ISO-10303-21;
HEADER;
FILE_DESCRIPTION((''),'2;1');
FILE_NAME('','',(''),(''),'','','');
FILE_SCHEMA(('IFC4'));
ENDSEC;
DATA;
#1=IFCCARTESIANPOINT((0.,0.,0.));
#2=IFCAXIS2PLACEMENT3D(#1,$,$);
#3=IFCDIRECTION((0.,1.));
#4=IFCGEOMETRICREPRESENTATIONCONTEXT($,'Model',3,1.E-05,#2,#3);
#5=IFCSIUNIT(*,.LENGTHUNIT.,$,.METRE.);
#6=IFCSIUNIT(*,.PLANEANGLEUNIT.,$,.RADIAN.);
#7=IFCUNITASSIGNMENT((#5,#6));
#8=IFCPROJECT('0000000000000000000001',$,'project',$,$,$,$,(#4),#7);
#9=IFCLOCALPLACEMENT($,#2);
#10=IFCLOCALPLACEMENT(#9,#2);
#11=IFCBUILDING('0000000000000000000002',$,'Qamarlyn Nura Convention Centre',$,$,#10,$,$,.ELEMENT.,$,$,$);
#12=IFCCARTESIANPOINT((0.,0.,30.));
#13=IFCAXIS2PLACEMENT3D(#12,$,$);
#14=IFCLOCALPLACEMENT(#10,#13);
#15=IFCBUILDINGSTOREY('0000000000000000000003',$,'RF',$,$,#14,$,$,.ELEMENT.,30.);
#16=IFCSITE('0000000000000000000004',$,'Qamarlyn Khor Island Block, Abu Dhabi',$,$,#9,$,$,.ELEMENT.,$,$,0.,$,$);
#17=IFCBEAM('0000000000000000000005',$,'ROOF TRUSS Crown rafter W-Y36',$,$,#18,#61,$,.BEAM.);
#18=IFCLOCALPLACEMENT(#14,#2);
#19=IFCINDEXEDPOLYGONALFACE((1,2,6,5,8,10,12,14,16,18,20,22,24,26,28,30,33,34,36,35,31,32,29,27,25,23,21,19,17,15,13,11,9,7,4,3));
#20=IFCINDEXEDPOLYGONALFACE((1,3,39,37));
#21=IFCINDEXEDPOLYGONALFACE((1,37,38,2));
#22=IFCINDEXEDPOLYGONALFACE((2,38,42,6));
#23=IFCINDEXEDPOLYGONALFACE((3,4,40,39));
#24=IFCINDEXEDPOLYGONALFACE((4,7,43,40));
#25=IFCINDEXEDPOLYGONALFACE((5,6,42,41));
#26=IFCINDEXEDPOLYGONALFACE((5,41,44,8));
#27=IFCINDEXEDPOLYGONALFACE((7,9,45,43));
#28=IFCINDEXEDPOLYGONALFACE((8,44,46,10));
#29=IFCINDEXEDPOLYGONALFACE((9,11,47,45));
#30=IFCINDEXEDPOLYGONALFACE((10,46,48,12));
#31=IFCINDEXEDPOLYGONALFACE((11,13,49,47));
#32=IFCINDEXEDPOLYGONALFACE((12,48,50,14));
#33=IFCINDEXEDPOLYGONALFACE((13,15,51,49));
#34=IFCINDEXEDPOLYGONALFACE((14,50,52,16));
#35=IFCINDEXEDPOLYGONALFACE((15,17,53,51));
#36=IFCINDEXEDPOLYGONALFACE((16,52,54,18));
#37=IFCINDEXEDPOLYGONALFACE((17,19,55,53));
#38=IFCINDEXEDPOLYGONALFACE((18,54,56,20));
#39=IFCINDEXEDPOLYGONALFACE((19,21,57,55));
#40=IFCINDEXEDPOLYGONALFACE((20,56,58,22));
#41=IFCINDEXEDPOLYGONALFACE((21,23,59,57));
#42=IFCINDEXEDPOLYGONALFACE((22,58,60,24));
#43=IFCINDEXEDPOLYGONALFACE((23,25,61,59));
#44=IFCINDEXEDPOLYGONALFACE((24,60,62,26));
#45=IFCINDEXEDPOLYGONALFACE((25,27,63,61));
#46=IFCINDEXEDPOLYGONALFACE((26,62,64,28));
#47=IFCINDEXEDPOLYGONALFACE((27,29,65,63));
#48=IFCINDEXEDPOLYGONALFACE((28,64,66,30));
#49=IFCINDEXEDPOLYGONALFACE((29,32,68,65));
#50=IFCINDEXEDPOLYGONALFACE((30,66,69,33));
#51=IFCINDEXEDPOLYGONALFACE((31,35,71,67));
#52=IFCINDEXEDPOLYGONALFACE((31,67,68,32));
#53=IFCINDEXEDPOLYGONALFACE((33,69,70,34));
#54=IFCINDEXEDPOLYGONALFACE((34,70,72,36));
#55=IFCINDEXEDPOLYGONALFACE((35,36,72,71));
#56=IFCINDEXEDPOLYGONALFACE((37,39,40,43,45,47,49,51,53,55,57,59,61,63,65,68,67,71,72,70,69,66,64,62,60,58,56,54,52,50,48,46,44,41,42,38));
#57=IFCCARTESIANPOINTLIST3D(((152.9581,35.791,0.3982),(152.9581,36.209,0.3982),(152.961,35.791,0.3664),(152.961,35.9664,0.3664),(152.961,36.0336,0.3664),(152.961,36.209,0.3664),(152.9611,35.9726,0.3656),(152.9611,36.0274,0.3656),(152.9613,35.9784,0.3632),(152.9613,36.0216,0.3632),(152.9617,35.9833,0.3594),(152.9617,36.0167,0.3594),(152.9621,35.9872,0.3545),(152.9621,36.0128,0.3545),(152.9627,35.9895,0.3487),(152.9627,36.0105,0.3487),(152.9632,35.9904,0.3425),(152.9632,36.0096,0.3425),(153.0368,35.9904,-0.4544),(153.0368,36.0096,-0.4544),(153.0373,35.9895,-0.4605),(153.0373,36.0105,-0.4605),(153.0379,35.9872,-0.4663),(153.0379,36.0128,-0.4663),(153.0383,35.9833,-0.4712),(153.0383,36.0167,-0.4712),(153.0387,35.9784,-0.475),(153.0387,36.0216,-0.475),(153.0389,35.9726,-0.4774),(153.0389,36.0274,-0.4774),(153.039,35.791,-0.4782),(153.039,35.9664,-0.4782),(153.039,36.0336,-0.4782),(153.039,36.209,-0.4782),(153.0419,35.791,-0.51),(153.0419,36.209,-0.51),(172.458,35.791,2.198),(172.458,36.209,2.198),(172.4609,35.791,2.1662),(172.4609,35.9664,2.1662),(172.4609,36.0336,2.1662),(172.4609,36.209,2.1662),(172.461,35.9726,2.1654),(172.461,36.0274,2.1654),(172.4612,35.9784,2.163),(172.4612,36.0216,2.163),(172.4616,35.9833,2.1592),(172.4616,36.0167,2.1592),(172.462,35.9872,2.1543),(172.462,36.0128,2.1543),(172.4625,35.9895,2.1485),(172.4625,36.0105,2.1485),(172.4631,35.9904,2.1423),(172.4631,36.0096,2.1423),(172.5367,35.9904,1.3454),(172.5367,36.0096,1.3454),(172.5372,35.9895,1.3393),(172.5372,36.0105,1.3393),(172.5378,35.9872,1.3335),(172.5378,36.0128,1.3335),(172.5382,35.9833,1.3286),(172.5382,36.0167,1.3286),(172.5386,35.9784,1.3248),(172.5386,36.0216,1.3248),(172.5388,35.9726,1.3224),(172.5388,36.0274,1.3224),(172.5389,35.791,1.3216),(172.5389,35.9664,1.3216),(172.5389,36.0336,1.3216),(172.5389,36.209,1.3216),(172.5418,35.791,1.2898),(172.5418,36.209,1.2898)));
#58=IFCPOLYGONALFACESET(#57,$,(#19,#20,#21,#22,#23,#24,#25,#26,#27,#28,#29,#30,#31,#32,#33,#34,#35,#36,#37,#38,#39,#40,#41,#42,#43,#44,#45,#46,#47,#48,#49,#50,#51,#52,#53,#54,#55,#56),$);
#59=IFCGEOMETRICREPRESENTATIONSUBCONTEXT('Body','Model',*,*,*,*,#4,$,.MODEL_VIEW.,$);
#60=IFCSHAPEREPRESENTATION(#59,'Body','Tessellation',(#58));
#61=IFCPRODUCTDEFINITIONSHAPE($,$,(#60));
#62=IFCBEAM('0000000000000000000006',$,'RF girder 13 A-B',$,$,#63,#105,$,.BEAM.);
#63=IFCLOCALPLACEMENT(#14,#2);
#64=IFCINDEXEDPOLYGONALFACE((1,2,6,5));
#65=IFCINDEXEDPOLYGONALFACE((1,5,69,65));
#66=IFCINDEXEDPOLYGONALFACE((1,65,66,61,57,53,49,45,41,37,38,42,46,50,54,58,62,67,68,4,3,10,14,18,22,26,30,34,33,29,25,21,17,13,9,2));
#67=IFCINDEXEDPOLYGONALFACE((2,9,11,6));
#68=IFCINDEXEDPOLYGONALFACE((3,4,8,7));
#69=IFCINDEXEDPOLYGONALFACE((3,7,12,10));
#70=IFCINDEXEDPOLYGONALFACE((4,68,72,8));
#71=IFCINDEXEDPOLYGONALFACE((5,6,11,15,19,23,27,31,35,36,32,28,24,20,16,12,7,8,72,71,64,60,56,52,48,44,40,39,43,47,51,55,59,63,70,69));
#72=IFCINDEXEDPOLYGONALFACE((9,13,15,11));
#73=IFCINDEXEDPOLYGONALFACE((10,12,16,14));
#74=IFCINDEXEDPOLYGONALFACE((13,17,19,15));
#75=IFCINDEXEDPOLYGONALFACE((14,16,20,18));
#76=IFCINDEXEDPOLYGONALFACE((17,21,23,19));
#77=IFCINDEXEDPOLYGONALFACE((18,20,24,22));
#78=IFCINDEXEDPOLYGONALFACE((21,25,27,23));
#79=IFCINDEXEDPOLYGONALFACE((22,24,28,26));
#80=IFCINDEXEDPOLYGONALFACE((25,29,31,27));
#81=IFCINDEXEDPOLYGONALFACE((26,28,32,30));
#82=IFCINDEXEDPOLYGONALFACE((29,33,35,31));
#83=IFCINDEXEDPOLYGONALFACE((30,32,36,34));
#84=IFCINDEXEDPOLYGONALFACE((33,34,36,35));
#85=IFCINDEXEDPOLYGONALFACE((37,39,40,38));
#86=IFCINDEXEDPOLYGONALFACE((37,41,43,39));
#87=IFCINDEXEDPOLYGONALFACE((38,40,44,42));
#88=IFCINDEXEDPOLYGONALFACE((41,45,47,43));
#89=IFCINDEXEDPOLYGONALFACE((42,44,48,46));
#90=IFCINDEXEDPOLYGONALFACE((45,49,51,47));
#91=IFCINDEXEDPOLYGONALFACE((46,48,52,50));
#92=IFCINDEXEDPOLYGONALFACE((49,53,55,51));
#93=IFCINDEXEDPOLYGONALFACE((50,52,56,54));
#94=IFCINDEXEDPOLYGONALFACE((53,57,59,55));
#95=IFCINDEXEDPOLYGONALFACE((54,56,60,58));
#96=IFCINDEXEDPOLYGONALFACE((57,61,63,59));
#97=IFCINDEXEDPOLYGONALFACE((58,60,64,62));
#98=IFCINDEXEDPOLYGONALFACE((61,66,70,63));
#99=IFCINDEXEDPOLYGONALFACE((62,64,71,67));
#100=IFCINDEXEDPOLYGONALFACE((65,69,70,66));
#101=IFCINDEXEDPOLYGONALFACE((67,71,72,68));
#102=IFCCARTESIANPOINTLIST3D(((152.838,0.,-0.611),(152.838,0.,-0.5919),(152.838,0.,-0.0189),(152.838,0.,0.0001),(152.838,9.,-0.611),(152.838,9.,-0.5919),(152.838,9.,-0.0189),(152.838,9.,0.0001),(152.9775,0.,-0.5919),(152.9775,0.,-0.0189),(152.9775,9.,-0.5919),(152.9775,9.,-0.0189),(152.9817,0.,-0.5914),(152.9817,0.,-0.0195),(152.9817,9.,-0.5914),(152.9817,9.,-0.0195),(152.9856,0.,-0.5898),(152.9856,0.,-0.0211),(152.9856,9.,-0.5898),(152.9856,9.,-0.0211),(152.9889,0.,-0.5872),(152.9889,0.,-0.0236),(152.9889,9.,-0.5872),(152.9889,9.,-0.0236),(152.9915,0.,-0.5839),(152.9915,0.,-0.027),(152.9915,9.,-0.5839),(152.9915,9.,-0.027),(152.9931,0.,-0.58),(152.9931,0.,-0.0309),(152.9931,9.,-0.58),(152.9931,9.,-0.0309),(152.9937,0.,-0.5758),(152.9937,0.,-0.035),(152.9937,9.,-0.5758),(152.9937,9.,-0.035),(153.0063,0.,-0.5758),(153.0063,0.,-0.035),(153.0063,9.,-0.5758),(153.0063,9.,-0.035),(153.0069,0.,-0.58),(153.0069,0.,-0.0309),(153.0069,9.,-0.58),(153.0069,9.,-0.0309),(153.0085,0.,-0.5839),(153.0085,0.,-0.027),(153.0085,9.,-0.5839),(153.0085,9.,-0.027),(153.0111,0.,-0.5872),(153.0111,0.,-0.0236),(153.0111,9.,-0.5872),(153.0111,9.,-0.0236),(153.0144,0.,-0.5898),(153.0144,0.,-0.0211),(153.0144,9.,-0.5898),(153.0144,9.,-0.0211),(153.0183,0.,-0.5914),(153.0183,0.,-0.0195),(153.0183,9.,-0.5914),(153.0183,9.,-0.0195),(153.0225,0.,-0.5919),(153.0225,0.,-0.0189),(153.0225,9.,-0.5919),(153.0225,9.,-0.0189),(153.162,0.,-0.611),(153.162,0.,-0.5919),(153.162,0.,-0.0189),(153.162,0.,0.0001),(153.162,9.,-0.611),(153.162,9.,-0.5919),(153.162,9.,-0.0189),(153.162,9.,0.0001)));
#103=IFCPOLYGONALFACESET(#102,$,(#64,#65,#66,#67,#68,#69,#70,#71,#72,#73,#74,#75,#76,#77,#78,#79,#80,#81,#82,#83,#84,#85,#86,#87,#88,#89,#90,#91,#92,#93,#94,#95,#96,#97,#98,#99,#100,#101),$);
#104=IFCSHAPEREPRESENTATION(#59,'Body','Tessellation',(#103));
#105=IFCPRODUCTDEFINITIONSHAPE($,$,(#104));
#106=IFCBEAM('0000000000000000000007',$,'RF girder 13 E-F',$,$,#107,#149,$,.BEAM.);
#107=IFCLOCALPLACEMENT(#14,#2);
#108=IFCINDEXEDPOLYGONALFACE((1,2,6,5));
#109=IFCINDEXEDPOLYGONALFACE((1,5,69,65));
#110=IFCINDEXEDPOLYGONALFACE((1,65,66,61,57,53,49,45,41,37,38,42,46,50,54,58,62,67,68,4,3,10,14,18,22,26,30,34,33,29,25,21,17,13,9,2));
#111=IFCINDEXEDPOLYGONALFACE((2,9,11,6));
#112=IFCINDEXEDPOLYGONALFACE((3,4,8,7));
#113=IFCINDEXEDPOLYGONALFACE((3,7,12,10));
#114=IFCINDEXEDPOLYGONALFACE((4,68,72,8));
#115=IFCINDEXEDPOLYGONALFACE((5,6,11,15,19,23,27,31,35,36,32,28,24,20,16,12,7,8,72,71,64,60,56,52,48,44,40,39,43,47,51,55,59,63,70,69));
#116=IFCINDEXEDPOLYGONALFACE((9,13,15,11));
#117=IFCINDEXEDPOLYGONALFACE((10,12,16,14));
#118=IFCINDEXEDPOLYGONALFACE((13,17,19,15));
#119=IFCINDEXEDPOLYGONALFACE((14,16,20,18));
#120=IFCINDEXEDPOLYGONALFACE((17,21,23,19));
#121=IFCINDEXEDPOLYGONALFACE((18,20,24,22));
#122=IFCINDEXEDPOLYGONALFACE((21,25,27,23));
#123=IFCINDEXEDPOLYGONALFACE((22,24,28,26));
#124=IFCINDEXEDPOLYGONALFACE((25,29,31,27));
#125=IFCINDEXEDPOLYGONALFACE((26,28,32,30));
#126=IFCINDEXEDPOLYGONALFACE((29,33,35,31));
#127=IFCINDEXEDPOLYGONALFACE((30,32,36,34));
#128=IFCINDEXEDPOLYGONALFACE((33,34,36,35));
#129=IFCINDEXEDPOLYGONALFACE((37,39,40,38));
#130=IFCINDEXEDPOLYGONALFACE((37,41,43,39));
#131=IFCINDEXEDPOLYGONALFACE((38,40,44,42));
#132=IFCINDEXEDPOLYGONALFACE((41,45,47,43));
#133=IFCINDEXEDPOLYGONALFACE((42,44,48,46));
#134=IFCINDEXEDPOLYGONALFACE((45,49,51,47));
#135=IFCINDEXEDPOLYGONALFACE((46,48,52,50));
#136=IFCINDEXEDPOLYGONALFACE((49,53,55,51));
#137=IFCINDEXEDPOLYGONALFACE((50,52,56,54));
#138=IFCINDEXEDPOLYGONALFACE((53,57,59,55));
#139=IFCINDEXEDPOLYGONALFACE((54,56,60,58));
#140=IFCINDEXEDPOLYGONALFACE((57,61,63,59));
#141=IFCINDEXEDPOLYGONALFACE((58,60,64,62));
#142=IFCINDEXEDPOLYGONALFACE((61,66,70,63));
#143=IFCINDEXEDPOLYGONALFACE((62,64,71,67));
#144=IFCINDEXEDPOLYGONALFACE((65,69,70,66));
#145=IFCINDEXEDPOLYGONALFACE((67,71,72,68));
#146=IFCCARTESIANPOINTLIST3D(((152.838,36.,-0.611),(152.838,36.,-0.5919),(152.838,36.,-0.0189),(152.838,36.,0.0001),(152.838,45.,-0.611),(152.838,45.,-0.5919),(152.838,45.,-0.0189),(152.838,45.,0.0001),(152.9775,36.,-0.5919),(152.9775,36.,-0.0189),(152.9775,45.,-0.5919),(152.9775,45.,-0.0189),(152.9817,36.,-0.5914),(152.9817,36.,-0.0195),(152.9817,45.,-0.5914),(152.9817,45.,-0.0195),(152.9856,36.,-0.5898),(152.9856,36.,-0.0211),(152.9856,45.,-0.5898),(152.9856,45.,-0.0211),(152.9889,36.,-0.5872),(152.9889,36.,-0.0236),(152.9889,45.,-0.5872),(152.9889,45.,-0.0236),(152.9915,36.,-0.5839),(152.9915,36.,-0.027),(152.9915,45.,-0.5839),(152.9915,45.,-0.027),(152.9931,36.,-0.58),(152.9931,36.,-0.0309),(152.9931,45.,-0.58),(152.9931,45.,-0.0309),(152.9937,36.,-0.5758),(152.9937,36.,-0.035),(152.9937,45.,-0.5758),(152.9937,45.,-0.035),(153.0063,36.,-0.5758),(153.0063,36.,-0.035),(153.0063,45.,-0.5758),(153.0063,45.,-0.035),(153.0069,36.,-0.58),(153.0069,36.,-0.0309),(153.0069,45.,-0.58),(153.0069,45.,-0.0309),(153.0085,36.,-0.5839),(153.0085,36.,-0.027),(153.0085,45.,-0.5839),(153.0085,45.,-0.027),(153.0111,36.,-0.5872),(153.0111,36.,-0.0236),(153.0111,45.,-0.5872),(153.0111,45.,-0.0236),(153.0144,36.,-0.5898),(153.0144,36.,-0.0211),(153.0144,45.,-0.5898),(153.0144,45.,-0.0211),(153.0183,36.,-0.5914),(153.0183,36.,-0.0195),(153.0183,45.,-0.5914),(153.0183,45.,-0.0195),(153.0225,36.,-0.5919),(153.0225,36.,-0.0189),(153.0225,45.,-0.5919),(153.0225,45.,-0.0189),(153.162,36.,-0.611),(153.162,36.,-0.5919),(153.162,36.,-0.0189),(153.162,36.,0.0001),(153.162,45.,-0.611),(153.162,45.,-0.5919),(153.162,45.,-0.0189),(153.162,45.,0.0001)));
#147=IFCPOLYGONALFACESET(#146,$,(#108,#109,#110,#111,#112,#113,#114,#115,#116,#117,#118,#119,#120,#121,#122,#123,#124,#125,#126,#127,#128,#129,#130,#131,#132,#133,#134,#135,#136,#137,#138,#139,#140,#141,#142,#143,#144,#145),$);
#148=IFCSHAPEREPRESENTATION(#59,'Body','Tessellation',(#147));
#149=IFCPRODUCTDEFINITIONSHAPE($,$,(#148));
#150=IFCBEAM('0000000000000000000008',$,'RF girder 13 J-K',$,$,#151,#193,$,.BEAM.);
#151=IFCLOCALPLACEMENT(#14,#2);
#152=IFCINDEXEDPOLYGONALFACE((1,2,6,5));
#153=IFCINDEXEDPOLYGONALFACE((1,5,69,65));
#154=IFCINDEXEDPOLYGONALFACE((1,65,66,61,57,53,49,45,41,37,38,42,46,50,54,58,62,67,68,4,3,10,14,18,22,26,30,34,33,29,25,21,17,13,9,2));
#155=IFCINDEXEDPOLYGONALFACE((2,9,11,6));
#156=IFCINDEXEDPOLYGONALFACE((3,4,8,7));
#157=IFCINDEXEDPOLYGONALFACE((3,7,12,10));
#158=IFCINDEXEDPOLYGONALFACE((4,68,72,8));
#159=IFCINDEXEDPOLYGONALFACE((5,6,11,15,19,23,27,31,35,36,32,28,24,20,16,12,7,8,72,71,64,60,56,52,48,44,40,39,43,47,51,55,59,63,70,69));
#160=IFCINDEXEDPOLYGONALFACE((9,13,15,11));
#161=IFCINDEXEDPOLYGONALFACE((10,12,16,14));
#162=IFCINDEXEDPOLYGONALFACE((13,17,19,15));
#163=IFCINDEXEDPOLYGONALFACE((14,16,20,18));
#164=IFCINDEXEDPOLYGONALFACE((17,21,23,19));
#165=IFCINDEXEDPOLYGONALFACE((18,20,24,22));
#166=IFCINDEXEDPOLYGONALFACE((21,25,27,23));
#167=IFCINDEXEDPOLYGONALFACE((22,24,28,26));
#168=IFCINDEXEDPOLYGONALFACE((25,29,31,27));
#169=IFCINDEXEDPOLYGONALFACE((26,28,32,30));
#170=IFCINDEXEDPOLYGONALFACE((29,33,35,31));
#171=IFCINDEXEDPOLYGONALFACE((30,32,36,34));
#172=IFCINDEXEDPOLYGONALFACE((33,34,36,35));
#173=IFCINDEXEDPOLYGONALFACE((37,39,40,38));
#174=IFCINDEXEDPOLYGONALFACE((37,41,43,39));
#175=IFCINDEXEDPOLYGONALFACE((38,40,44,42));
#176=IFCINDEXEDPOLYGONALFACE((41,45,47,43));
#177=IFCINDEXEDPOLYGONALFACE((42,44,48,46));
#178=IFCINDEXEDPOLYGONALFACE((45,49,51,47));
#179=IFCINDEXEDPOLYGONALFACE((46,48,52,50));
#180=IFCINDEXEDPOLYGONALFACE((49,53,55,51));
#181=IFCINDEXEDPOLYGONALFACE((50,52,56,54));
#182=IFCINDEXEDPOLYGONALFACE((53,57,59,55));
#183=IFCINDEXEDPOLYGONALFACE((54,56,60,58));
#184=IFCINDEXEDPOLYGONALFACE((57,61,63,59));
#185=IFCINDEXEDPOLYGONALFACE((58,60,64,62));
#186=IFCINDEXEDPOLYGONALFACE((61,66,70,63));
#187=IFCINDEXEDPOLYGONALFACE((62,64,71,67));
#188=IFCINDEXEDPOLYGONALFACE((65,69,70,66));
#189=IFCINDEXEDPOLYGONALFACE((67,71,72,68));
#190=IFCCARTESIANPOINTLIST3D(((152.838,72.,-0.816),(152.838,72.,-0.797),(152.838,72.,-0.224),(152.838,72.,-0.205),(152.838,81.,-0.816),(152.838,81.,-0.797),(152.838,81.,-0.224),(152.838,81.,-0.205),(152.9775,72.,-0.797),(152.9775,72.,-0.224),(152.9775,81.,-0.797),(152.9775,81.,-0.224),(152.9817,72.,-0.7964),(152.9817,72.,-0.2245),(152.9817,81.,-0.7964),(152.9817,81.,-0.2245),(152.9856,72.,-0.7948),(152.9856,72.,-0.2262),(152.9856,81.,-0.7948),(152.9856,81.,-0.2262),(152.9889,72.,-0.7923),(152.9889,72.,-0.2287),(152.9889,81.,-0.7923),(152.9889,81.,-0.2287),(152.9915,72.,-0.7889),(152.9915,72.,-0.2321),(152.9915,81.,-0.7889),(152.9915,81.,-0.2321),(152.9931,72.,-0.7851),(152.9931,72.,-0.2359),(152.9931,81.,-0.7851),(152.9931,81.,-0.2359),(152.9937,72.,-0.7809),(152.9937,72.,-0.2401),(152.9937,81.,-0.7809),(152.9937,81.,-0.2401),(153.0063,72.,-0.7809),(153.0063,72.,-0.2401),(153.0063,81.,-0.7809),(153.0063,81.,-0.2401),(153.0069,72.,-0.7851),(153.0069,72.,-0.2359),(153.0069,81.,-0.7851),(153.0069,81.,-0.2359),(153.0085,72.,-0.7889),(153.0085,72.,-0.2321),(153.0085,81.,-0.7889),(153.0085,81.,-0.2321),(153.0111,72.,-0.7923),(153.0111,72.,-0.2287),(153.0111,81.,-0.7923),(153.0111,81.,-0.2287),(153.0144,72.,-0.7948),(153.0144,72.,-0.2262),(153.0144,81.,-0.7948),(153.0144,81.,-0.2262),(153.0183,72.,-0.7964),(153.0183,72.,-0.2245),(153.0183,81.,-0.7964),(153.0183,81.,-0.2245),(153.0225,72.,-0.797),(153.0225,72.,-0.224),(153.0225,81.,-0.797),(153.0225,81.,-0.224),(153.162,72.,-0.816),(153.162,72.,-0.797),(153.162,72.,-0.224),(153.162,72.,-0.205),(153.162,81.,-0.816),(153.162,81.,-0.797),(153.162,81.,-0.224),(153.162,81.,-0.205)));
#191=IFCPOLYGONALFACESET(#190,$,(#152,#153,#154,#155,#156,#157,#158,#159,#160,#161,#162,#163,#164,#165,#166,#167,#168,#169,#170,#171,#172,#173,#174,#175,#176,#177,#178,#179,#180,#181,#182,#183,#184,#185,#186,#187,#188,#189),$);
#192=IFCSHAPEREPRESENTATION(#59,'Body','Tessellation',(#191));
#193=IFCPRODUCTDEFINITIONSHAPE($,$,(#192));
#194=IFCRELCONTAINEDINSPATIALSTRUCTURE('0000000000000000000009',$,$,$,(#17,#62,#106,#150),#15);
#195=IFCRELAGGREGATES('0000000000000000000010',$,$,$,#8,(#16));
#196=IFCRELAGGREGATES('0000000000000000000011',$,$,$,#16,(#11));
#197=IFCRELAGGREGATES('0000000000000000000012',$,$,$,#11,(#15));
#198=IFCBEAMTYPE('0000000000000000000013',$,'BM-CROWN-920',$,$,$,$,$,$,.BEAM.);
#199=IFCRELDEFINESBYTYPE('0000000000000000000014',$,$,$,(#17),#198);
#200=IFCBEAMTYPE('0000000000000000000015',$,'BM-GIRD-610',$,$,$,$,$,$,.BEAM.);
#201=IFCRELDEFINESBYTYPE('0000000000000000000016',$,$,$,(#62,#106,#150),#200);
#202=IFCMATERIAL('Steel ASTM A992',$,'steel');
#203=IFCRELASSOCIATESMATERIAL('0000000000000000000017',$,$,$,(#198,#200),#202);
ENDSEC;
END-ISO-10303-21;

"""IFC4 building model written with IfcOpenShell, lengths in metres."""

from ifc_helpers import new_model, si_unit, direction, frame, origin, origin_2d, place, context, subcontext, project, spatial, i_section, extrude, material, material_profile, profile_set, type_object, element, save


model = new_model("IFC4")

# Units and contexts
model_context = context("Model", 3, precision=1e-05, world=origin(), true_north=direction((0.0, 1.0)))
body_context = subcontext(model_context, "Body", "Model", "MODEL_VIEW")
ifc_project = project(units=[si_unit("LENGTHUNIT", "METRE"), si_unit("PLANEANGLEUNIT", "RADIAN")], contexts=[model_context])

# Site, building, storey
site_placement = place(None, origin())
site = spatial("IfcSite", under=ifc_project, at=site_placement, Name="Qamarlyn Khor Island Block, Abu Dhabi", CompositionType="ELEMENT", RefElevation=0.0)
building_placement = place(site_placement, origin())
building = spatial("IfcBuilding", under=site, at=building_placement, Name="Qamarlyn Nura Convention Centre", CompositionType="ELEMENT")
storey_placement = place(building_placement, frame((0.0, 0.0, 30.0)))
storey = spatial("IfcBuildingStorey", under=building, at=storey_placement, Name="RF", CompositionType="ELEMENT", Elevation=30.0)

# Beams
ifc_material_1 = material(Name="Steel ASTM A992", Category="steel")
ifc_material_profile_1 = material_profile(ifc_material_1, i_section(OverallWidth=0.418, OverallDepth=0.9121, WebThickness=0.0193, FlangeThickness=0.032, FilletRadius=0.0239, at=origin_2d()), Name="W920X342")
ifc_profile_set_1 = profile_set([ifc_material_profile_1], Name="Steel ASTM A992")
beam_type_1 = type_object("IfcBeamType", Name="BM-CROWN-920", PredefinedType="BEAM", material=ifc_profile_set_1)
beam_placement = place(storey_placement, frame((153.0, 36.0, -0.0559), z_axis=(0.995768, 0.0, 0.091907), x_axis=(0.0, 1.0, 0.0)))
element("IfcBeam", 1, at=beam_placement, inside=storey, type_object=beam_type_1, Name="ROOF TRUSS Crown rafter W-Y36", PredefinedType="BEAM", context=body_context, shape_type="SweptSolid", body=[
    extrude(i_section(OverallWidth=0.418, OverallDepth=0.9121, WebThickness=0.0193, FlangeThickness=0.032, FilletRadius=0.0239, at=origin_2d()), origin(), (0.0, 0.0, 1.0), 19.5828),
])
ifc_material_profile_2 = material_profile(ifc_material_1, i_section(OverallWidth=0.324, OverallDepth=0.6111, WebThickness=0.0127, FlangeThickness=0.019, FilletRadius=0.0161, at=origin_2d()), Name="W610X155")
ifc_profile_set_2 = profile_set([ifc_material_profile_2], Name="Steel ASTM A992")
beam_type_2 = type_object("IfcBeamType", Name="BM-GIRD-610", PredefinedType="BEAM", material=ifc_profile_set_2)
for number, where, z_axis, x_axis, name in (
    (2, (153.0, 0.0, -0.3054), (0.0, 1.0, 0.0), (-1.0, 0.0, 0.0), "RF girder 13 A-B"),
    (3, (153.0, 36.0, -0.3054), (0.0, 1.0, 0.0), (-1.0, 0.0, 0.0), "RF girder 13 E-F"),
    (4, (153.0, 72.0, -0.5105), (0.0, 1.0, 0.0), (-1.0, 0.0, 0.0), "RF girder 13 J-K"),
):
    element("IfcBeam", number, at=place(storey_placement, frame(where, z_axis=z_axis, x_axis=x_axis)), inside=storey, type_object=beam_type_2, Name=name, PredefinedType="BEAM", context=body_context, shape_type="SweptSolid", body=[
        extrude(i_section(OverallWidth=0.324, OverallDepth=0.6111, WebThickness=0.0127, FlangeThickness=0.019, FilletRadius=0.0161, at=origin_2d()), origin(), (0.0, 0.0, 1.0), 9.0),
    ])

save(model, "model.ifc")
